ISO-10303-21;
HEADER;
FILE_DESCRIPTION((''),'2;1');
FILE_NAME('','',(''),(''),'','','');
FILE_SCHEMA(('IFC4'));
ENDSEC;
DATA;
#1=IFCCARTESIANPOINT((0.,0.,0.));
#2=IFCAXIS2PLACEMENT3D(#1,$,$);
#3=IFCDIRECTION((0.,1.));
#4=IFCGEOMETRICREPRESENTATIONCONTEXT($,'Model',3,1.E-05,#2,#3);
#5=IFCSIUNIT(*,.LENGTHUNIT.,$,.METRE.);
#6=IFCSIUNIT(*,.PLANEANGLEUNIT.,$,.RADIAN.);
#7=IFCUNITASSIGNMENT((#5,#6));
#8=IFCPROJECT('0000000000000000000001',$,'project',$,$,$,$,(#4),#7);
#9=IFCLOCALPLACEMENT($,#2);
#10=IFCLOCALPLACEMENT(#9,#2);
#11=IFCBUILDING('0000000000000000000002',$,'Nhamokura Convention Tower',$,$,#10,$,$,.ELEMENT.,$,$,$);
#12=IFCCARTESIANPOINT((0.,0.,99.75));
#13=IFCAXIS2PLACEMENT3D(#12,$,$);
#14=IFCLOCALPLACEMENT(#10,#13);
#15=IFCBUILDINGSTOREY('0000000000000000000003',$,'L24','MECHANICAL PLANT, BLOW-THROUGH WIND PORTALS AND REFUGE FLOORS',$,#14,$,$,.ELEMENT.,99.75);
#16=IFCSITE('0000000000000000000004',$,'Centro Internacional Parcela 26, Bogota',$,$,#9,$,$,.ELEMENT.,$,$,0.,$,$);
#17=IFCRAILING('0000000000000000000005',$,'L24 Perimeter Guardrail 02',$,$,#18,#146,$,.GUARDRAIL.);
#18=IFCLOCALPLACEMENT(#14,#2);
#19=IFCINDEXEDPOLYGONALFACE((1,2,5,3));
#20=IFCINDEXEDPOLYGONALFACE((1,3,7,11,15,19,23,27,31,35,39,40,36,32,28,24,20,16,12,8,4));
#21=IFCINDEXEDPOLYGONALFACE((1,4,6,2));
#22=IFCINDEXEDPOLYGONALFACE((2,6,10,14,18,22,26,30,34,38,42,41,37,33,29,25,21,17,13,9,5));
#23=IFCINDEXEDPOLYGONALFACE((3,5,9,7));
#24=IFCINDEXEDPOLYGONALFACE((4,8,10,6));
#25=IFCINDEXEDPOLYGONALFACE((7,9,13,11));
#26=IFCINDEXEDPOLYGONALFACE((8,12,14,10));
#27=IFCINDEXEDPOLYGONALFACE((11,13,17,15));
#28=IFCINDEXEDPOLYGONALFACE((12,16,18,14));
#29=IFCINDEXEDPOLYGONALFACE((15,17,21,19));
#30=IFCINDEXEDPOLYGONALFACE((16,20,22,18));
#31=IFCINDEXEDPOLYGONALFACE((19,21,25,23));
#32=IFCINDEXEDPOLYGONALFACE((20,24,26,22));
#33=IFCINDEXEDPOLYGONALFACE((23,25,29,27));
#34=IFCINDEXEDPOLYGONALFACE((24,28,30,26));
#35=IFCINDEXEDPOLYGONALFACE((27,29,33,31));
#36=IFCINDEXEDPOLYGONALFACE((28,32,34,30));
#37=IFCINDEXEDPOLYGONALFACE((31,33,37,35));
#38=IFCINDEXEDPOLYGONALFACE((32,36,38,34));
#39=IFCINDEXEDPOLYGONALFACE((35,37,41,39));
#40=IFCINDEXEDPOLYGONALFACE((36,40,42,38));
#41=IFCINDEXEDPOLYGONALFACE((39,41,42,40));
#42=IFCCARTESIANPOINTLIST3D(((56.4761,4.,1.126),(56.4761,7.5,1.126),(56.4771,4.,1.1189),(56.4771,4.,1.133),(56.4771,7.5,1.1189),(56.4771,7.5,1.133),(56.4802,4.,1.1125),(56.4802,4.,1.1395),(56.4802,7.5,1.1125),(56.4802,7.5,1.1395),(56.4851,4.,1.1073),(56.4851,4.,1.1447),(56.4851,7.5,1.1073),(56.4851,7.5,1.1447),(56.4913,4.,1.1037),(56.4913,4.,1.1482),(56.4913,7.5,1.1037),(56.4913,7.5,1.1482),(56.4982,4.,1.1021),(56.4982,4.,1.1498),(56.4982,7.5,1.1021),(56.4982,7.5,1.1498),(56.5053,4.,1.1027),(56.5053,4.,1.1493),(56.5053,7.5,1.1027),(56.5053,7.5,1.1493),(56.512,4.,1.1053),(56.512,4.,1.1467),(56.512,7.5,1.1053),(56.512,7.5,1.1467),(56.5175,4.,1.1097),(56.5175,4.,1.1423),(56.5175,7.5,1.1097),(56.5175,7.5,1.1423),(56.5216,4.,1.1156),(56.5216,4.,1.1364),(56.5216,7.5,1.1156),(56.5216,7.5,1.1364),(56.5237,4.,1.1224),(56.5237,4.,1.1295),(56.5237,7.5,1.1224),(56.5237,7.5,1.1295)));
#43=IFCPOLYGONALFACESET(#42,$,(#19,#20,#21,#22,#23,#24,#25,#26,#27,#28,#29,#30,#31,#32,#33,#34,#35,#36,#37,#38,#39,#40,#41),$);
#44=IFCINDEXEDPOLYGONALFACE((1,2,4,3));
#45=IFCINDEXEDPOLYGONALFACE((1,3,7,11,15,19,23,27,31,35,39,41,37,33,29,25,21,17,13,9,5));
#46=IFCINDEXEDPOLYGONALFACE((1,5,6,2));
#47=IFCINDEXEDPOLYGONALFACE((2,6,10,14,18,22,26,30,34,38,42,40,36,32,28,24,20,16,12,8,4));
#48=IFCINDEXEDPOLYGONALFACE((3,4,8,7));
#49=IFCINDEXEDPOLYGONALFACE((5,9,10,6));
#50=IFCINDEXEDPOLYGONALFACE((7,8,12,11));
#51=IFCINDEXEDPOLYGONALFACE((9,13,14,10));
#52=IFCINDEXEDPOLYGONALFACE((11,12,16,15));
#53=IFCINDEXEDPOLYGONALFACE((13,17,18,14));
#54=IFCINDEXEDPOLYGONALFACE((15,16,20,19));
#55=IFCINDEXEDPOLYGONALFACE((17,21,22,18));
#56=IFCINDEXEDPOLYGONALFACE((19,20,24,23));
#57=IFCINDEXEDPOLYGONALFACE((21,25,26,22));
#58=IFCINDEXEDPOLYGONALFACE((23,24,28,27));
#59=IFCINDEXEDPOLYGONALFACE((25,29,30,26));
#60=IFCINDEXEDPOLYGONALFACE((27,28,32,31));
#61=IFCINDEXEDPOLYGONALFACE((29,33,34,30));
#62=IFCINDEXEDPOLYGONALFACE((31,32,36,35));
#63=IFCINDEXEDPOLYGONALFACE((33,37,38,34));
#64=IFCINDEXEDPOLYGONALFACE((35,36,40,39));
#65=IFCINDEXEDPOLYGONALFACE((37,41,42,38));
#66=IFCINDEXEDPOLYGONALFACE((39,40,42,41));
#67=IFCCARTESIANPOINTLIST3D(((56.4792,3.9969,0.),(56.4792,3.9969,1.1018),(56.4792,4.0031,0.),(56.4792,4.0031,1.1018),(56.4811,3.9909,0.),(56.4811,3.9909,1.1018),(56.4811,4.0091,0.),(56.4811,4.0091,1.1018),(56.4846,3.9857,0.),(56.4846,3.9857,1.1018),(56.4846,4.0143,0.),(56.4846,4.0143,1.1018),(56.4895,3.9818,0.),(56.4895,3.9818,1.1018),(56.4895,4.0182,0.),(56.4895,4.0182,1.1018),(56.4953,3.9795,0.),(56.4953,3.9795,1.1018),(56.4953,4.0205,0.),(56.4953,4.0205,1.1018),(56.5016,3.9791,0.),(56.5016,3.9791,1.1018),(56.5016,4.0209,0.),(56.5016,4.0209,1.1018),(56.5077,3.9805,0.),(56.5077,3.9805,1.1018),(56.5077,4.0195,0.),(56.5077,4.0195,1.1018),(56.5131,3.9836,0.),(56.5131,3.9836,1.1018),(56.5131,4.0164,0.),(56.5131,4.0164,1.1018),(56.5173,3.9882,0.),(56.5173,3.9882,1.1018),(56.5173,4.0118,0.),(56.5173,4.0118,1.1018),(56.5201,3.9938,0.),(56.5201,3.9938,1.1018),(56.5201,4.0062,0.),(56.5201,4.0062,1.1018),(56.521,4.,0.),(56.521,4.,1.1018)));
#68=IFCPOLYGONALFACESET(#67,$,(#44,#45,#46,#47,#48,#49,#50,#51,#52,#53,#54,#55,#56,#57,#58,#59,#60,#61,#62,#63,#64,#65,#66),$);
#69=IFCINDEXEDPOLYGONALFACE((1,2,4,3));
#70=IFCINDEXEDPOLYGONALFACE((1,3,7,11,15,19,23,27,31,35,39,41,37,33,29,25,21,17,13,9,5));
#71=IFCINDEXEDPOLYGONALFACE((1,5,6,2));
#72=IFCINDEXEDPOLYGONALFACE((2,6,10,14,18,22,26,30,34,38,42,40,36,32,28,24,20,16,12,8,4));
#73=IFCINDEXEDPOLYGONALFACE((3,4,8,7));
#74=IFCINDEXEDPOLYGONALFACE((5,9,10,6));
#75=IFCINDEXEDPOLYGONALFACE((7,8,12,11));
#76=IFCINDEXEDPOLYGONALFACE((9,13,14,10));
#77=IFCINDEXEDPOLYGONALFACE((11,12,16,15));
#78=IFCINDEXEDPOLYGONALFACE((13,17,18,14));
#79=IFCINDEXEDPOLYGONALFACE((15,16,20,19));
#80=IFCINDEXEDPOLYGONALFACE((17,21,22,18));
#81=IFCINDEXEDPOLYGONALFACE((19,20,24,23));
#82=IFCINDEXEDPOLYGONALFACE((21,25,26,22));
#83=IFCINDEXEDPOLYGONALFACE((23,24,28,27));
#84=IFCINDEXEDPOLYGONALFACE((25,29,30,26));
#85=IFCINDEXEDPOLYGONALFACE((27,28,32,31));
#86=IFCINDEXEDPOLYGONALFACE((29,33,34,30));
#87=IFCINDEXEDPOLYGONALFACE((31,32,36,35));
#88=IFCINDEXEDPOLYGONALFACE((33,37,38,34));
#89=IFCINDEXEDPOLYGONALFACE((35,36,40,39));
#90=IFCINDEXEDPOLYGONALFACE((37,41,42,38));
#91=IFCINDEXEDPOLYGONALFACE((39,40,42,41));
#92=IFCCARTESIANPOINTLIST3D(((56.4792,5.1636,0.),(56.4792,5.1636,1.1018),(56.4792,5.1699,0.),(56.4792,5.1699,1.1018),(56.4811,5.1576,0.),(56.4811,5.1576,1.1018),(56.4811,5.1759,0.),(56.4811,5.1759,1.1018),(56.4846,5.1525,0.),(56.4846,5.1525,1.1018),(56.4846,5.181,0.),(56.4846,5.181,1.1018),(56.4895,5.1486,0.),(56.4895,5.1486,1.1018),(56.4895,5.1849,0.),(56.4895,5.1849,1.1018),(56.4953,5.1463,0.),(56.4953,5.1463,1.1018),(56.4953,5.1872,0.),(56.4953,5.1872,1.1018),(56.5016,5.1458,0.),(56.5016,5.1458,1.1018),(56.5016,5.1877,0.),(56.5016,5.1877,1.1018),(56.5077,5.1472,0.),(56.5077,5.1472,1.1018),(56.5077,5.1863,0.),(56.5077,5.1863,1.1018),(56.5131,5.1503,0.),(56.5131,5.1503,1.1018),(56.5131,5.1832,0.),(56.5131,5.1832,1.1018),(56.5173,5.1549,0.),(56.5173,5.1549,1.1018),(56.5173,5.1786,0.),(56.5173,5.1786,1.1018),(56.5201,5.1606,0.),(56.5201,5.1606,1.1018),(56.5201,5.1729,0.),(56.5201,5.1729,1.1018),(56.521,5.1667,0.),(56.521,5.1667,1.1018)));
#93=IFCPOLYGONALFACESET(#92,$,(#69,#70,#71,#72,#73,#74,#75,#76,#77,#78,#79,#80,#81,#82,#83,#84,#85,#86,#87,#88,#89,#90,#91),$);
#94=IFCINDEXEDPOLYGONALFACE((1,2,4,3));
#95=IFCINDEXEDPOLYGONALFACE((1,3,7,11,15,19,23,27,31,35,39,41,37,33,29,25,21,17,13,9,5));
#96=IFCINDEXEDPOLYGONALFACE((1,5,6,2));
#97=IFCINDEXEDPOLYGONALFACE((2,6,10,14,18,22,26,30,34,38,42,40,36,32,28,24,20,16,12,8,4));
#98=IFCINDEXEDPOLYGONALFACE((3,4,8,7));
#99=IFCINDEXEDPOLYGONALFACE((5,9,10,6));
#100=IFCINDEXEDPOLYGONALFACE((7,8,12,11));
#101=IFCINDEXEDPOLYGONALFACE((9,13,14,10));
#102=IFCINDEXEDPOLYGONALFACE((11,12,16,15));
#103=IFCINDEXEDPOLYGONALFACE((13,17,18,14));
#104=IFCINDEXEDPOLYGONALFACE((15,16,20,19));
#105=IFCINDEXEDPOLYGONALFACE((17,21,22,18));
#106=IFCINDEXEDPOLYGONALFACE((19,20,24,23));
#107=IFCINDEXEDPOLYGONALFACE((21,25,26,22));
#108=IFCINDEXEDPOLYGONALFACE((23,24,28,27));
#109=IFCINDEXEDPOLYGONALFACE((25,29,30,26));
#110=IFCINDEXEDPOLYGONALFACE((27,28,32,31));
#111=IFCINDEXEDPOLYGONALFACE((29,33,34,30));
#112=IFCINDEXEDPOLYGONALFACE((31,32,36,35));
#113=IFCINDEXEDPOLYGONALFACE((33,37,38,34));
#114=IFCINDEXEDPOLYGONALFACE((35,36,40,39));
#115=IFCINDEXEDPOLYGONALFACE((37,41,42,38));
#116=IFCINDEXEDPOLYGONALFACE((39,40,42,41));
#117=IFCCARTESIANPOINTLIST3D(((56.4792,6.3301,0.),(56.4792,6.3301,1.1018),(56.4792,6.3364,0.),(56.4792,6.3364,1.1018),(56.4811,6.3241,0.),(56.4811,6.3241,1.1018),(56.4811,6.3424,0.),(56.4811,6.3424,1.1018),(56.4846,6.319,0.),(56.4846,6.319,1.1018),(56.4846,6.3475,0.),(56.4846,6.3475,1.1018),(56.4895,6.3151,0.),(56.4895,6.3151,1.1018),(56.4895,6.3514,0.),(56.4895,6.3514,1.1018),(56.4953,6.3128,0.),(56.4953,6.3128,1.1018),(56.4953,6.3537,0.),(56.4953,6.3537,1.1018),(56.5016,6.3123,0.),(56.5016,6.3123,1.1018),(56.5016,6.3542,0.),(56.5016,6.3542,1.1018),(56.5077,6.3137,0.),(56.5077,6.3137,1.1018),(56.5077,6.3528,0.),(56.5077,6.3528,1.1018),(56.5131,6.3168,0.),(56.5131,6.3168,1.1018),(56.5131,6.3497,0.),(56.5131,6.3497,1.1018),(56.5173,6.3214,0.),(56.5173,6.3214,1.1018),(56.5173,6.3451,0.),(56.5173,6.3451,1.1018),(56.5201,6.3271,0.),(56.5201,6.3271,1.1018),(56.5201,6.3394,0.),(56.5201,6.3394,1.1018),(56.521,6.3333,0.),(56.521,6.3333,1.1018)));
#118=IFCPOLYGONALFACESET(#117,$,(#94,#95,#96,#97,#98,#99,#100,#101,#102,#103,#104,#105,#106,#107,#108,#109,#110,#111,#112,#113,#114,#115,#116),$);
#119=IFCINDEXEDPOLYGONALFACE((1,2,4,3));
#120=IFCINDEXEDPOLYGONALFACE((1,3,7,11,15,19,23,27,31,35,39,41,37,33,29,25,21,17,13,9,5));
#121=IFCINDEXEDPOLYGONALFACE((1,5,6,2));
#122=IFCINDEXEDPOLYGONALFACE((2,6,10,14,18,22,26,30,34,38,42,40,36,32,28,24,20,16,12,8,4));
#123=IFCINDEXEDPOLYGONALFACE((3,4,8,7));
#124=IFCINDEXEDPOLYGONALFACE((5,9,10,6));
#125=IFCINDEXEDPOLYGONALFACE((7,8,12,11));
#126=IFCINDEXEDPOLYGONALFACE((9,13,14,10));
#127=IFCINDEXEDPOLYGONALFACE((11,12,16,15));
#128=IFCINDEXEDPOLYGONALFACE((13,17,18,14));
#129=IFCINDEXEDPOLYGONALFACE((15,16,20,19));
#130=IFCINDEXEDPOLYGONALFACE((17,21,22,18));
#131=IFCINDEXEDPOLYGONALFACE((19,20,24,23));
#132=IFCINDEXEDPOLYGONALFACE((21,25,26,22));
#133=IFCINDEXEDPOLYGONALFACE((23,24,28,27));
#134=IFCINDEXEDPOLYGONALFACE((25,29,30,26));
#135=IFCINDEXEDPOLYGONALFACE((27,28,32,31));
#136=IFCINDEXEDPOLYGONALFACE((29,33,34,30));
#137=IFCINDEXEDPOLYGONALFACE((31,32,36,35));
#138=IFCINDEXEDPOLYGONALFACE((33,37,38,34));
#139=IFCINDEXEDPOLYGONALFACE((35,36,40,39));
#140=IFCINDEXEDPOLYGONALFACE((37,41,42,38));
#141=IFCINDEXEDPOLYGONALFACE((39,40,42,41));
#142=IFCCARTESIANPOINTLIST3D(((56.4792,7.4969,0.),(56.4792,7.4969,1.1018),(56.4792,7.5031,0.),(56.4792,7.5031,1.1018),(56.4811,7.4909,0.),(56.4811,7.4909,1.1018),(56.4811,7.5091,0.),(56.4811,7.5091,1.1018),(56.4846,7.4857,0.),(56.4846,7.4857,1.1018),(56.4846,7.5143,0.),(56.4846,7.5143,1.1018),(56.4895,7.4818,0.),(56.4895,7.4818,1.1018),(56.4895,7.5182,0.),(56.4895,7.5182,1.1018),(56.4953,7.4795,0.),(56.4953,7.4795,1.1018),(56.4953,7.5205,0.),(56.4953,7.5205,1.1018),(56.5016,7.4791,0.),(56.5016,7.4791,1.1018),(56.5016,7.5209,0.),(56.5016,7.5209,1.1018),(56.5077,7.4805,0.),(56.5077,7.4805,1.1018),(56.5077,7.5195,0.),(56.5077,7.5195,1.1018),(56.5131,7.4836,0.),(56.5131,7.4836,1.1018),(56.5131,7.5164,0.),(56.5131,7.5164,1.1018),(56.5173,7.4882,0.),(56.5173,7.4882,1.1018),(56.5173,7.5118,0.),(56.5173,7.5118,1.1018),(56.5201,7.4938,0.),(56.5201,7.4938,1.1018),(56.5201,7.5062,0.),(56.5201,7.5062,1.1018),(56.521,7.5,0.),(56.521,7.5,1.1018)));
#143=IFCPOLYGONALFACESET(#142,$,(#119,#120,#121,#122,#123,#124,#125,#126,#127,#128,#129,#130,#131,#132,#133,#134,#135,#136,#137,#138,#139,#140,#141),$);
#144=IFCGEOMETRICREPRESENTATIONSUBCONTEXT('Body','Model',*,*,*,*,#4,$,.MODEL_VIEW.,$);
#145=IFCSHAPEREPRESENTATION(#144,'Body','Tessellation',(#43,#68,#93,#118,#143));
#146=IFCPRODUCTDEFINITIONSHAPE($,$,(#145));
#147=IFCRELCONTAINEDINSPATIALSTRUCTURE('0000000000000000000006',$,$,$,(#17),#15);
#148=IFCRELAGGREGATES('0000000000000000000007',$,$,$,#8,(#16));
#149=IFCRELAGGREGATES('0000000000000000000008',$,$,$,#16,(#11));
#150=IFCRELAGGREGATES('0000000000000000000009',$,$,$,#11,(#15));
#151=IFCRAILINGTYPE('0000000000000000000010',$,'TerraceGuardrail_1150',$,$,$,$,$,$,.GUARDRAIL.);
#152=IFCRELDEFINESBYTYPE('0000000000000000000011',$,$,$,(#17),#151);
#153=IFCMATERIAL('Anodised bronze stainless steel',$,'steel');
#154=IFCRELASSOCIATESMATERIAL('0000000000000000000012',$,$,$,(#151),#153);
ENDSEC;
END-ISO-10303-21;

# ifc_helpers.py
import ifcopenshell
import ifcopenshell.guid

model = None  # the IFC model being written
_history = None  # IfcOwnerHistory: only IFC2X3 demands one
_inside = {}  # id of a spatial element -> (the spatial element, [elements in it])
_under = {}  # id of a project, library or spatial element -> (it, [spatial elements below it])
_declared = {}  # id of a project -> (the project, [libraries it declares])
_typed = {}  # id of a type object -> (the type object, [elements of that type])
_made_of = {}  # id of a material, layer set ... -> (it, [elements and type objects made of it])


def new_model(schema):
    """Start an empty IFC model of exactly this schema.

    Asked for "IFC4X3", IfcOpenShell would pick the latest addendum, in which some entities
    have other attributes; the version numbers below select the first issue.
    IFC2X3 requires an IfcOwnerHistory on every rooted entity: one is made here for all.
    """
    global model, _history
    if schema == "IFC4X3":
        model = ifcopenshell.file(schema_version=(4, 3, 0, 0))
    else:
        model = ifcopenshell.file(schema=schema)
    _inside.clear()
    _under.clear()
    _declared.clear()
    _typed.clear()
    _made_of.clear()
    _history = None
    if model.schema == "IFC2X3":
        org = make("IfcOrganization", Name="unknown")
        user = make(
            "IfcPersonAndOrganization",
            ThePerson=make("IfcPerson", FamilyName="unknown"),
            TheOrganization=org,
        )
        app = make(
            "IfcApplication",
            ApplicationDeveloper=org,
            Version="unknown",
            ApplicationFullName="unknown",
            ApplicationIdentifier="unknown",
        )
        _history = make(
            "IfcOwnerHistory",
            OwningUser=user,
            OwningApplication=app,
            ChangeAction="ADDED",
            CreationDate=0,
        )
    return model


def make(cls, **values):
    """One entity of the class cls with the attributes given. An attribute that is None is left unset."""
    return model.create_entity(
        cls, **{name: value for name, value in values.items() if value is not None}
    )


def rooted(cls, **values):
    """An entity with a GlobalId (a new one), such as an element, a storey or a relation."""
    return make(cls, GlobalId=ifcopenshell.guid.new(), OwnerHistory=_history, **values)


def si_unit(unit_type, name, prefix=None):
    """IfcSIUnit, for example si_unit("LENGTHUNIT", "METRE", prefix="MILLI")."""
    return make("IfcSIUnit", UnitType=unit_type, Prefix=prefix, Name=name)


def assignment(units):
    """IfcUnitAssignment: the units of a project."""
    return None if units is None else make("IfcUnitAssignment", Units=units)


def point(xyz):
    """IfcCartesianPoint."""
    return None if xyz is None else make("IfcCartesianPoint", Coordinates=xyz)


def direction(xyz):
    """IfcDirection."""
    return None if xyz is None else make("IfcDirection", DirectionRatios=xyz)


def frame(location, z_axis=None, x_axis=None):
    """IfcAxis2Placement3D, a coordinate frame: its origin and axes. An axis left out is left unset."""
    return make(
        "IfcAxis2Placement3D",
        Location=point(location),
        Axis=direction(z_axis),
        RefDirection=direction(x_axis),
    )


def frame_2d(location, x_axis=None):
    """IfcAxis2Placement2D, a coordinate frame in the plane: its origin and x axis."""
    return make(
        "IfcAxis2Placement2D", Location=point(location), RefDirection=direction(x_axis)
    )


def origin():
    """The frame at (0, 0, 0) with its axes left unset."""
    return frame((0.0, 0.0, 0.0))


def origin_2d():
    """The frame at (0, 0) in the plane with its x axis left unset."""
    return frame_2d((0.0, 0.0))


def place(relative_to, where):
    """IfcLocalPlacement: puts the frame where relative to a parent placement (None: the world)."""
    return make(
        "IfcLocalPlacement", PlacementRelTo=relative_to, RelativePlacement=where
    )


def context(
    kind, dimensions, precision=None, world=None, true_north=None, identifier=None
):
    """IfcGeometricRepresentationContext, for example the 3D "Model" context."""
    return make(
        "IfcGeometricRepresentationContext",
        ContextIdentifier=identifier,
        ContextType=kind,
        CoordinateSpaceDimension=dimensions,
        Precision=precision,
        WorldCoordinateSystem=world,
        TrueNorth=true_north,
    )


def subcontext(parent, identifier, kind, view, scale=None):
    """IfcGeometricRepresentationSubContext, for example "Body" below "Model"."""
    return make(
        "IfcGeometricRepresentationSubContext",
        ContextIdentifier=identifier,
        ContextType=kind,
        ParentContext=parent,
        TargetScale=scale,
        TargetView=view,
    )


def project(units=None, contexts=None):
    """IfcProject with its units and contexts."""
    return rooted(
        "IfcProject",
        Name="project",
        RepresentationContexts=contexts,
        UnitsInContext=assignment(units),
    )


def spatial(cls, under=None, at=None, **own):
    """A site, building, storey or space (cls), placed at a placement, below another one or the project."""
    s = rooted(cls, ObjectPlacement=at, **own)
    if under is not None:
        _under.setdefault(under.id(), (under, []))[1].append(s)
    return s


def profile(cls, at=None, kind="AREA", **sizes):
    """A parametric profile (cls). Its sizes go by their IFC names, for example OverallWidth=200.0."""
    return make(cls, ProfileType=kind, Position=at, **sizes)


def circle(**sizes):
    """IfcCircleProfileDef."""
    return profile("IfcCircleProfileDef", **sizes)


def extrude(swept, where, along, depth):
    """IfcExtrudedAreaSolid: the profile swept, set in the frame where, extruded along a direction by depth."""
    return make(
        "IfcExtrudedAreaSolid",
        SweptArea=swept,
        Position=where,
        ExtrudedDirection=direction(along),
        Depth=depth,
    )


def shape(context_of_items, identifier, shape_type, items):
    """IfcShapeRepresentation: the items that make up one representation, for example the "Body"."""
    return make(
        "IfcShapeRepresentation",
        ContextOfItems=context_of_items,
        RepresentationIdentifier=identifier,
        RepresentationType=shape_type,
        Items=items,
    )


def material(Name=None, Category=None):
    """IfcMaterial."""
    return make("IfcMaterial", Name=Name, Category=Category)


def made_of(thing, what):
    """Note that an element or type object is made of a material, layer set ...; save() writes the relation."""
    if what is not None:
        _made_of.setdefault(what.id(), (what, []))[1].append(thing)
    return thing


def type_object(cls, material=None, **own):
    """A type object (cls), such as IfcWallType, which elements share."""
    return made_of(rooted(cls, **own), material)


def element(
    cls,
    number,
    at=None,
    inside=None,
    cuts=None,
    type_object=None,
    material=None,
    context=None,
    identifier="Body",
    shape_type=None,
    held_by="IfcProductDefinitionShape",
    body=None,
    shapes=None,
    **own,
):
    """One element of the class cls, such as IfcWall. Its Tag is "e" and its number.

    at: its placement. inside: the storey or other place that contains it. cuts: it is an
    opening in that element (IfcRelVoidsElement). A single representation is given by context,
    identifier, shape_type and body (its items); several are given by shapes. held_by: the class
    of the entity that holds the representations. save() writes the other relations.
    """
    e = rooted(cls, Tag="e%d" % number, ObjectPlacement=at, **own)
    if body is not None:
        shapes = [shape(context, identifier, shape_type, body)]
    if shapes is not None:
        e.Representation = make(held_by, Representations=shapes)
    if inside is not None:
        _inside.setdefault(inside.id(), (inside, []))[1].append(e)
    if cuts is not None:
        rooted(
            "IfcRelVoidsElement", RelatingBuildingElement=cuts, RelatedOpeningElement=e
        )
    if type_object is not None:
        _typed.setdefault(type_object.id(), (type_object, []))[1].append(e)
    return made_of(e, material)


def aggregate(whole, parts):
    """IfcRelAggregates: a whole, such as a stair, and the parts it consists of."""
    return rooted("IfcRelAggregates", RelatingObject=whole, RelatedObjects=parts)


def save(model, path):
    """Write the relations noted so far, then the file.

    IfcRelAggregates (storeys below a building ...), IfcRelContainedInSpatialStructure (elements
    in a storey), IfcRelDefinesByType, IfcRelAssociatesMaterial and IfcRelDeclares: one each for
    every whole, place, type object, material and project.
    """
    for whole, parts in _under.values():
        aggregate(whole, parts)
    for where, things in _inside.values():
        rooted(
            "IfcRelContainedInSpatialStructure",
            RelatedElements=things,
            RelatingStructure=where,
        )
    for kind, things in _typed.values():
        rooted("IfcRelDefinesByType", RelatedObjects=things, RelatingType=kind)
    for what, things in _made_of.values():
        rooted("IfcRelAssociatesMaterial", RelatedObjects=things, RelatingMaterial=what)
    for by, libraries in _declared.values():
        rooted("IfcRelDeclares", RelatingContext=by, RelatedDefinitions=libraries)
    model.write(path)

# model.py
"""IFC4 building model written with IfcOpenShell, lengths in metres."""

from ifc_helpers import new_model, si_unit, direction, frame, origin, origin_2d, place, context, subcontext, project, spatial, circle, extrude, material, type_object, element, save


model = new_model("IFC4")

# Units and contexts
model_context = context("Model", 3, precision=1e-05, world=origin(), true_north=direction((0.0, 1.0)))
body_context = subcontext(model_context, "Body", "Model", "MODEL_VIEW")
ifc_project = project(units=[si_unit("LENGTHUNIT", "METRE"), si_unit("PLANEANGLEUNIT", "RADIAN")], contexts=[model_context])

# Site, building, storey
site_placement = place(None, origin())
site = spatial("IfcSite", under=ifc_project, at=site_placement, Name="Centro Internacional Parcela 26, Bogota", CompositionType="ELEMENT", RefElevation=0.0)
building_placement = place(site_placement, origin())
building = spatial("IfcBuilding", under=site, at=building_placement, Name="Nhamokura Convention Tower", CompositionType="ELEMENT")
storey_placement = place(building_placement, frame((0.0, 0.0, 99.75)))
storey = spatial("IfcBuildingStorey", under=building, at=storey_placement, Name="L24", Description="MECHANICAL PLANT, BLOW-THROUGH WIND PORTALS AND REFUGE FLOORS", CompositionType="ELEMENT", Elevation=99.75)

# Railing
ifc_material_1 = material(Name="Anodised bronze stainless steel", Category="steel")
railing_type = type_object("IfcRailingType", Name="TerraceGuardrail_1150", PredefinedType="GUARDRAIL", material=ifc_material_1)
railing_1_placement = place(storey_placement, frame((56.5, 4.0, 0.0)))
element("IfcRailing", 1, at=railing_1_placement, inside=storey, type_object=railing_type, Name="L24 Perimeter Guardrail 02", PredefinedType="GUARDRAIL", context=body_context, shape_type="SweptSolid", body=[
    extrude(circle(Radius=0.0239, at=origin_2d()), frame((0.0, 0.0, 1.126), z_axis=(0.0, 1.0, 0.0), x_axis=(-1.0, 0.0, 0.0)), (0.0, 0.0, 1.0), 3.5),
    extrude(circle(Radius=0.021, at=origin_2d()), origin(), (0.0, 0.0, 1.0), 1.1018),
    extrude(circle(Radius=0.021, at=origin_2d()), frame((0.0, 1.1667, 0.0)), (0.0, 0.0, 1.0), 1.1018),
    extrude(circle(Radius=0.021, at=origin_2d()), frame((0.0, 2.3333, 0.0)), (0.0, 0.0, 1.0), 1.1018),
    extrude(circle(Radius=0.021, at=origin_2d()), frame((0.0, 3.5, 0.0)), (0.0, 0.0, 1.0), 1.1018),
])

save(model, "model.ifc")
